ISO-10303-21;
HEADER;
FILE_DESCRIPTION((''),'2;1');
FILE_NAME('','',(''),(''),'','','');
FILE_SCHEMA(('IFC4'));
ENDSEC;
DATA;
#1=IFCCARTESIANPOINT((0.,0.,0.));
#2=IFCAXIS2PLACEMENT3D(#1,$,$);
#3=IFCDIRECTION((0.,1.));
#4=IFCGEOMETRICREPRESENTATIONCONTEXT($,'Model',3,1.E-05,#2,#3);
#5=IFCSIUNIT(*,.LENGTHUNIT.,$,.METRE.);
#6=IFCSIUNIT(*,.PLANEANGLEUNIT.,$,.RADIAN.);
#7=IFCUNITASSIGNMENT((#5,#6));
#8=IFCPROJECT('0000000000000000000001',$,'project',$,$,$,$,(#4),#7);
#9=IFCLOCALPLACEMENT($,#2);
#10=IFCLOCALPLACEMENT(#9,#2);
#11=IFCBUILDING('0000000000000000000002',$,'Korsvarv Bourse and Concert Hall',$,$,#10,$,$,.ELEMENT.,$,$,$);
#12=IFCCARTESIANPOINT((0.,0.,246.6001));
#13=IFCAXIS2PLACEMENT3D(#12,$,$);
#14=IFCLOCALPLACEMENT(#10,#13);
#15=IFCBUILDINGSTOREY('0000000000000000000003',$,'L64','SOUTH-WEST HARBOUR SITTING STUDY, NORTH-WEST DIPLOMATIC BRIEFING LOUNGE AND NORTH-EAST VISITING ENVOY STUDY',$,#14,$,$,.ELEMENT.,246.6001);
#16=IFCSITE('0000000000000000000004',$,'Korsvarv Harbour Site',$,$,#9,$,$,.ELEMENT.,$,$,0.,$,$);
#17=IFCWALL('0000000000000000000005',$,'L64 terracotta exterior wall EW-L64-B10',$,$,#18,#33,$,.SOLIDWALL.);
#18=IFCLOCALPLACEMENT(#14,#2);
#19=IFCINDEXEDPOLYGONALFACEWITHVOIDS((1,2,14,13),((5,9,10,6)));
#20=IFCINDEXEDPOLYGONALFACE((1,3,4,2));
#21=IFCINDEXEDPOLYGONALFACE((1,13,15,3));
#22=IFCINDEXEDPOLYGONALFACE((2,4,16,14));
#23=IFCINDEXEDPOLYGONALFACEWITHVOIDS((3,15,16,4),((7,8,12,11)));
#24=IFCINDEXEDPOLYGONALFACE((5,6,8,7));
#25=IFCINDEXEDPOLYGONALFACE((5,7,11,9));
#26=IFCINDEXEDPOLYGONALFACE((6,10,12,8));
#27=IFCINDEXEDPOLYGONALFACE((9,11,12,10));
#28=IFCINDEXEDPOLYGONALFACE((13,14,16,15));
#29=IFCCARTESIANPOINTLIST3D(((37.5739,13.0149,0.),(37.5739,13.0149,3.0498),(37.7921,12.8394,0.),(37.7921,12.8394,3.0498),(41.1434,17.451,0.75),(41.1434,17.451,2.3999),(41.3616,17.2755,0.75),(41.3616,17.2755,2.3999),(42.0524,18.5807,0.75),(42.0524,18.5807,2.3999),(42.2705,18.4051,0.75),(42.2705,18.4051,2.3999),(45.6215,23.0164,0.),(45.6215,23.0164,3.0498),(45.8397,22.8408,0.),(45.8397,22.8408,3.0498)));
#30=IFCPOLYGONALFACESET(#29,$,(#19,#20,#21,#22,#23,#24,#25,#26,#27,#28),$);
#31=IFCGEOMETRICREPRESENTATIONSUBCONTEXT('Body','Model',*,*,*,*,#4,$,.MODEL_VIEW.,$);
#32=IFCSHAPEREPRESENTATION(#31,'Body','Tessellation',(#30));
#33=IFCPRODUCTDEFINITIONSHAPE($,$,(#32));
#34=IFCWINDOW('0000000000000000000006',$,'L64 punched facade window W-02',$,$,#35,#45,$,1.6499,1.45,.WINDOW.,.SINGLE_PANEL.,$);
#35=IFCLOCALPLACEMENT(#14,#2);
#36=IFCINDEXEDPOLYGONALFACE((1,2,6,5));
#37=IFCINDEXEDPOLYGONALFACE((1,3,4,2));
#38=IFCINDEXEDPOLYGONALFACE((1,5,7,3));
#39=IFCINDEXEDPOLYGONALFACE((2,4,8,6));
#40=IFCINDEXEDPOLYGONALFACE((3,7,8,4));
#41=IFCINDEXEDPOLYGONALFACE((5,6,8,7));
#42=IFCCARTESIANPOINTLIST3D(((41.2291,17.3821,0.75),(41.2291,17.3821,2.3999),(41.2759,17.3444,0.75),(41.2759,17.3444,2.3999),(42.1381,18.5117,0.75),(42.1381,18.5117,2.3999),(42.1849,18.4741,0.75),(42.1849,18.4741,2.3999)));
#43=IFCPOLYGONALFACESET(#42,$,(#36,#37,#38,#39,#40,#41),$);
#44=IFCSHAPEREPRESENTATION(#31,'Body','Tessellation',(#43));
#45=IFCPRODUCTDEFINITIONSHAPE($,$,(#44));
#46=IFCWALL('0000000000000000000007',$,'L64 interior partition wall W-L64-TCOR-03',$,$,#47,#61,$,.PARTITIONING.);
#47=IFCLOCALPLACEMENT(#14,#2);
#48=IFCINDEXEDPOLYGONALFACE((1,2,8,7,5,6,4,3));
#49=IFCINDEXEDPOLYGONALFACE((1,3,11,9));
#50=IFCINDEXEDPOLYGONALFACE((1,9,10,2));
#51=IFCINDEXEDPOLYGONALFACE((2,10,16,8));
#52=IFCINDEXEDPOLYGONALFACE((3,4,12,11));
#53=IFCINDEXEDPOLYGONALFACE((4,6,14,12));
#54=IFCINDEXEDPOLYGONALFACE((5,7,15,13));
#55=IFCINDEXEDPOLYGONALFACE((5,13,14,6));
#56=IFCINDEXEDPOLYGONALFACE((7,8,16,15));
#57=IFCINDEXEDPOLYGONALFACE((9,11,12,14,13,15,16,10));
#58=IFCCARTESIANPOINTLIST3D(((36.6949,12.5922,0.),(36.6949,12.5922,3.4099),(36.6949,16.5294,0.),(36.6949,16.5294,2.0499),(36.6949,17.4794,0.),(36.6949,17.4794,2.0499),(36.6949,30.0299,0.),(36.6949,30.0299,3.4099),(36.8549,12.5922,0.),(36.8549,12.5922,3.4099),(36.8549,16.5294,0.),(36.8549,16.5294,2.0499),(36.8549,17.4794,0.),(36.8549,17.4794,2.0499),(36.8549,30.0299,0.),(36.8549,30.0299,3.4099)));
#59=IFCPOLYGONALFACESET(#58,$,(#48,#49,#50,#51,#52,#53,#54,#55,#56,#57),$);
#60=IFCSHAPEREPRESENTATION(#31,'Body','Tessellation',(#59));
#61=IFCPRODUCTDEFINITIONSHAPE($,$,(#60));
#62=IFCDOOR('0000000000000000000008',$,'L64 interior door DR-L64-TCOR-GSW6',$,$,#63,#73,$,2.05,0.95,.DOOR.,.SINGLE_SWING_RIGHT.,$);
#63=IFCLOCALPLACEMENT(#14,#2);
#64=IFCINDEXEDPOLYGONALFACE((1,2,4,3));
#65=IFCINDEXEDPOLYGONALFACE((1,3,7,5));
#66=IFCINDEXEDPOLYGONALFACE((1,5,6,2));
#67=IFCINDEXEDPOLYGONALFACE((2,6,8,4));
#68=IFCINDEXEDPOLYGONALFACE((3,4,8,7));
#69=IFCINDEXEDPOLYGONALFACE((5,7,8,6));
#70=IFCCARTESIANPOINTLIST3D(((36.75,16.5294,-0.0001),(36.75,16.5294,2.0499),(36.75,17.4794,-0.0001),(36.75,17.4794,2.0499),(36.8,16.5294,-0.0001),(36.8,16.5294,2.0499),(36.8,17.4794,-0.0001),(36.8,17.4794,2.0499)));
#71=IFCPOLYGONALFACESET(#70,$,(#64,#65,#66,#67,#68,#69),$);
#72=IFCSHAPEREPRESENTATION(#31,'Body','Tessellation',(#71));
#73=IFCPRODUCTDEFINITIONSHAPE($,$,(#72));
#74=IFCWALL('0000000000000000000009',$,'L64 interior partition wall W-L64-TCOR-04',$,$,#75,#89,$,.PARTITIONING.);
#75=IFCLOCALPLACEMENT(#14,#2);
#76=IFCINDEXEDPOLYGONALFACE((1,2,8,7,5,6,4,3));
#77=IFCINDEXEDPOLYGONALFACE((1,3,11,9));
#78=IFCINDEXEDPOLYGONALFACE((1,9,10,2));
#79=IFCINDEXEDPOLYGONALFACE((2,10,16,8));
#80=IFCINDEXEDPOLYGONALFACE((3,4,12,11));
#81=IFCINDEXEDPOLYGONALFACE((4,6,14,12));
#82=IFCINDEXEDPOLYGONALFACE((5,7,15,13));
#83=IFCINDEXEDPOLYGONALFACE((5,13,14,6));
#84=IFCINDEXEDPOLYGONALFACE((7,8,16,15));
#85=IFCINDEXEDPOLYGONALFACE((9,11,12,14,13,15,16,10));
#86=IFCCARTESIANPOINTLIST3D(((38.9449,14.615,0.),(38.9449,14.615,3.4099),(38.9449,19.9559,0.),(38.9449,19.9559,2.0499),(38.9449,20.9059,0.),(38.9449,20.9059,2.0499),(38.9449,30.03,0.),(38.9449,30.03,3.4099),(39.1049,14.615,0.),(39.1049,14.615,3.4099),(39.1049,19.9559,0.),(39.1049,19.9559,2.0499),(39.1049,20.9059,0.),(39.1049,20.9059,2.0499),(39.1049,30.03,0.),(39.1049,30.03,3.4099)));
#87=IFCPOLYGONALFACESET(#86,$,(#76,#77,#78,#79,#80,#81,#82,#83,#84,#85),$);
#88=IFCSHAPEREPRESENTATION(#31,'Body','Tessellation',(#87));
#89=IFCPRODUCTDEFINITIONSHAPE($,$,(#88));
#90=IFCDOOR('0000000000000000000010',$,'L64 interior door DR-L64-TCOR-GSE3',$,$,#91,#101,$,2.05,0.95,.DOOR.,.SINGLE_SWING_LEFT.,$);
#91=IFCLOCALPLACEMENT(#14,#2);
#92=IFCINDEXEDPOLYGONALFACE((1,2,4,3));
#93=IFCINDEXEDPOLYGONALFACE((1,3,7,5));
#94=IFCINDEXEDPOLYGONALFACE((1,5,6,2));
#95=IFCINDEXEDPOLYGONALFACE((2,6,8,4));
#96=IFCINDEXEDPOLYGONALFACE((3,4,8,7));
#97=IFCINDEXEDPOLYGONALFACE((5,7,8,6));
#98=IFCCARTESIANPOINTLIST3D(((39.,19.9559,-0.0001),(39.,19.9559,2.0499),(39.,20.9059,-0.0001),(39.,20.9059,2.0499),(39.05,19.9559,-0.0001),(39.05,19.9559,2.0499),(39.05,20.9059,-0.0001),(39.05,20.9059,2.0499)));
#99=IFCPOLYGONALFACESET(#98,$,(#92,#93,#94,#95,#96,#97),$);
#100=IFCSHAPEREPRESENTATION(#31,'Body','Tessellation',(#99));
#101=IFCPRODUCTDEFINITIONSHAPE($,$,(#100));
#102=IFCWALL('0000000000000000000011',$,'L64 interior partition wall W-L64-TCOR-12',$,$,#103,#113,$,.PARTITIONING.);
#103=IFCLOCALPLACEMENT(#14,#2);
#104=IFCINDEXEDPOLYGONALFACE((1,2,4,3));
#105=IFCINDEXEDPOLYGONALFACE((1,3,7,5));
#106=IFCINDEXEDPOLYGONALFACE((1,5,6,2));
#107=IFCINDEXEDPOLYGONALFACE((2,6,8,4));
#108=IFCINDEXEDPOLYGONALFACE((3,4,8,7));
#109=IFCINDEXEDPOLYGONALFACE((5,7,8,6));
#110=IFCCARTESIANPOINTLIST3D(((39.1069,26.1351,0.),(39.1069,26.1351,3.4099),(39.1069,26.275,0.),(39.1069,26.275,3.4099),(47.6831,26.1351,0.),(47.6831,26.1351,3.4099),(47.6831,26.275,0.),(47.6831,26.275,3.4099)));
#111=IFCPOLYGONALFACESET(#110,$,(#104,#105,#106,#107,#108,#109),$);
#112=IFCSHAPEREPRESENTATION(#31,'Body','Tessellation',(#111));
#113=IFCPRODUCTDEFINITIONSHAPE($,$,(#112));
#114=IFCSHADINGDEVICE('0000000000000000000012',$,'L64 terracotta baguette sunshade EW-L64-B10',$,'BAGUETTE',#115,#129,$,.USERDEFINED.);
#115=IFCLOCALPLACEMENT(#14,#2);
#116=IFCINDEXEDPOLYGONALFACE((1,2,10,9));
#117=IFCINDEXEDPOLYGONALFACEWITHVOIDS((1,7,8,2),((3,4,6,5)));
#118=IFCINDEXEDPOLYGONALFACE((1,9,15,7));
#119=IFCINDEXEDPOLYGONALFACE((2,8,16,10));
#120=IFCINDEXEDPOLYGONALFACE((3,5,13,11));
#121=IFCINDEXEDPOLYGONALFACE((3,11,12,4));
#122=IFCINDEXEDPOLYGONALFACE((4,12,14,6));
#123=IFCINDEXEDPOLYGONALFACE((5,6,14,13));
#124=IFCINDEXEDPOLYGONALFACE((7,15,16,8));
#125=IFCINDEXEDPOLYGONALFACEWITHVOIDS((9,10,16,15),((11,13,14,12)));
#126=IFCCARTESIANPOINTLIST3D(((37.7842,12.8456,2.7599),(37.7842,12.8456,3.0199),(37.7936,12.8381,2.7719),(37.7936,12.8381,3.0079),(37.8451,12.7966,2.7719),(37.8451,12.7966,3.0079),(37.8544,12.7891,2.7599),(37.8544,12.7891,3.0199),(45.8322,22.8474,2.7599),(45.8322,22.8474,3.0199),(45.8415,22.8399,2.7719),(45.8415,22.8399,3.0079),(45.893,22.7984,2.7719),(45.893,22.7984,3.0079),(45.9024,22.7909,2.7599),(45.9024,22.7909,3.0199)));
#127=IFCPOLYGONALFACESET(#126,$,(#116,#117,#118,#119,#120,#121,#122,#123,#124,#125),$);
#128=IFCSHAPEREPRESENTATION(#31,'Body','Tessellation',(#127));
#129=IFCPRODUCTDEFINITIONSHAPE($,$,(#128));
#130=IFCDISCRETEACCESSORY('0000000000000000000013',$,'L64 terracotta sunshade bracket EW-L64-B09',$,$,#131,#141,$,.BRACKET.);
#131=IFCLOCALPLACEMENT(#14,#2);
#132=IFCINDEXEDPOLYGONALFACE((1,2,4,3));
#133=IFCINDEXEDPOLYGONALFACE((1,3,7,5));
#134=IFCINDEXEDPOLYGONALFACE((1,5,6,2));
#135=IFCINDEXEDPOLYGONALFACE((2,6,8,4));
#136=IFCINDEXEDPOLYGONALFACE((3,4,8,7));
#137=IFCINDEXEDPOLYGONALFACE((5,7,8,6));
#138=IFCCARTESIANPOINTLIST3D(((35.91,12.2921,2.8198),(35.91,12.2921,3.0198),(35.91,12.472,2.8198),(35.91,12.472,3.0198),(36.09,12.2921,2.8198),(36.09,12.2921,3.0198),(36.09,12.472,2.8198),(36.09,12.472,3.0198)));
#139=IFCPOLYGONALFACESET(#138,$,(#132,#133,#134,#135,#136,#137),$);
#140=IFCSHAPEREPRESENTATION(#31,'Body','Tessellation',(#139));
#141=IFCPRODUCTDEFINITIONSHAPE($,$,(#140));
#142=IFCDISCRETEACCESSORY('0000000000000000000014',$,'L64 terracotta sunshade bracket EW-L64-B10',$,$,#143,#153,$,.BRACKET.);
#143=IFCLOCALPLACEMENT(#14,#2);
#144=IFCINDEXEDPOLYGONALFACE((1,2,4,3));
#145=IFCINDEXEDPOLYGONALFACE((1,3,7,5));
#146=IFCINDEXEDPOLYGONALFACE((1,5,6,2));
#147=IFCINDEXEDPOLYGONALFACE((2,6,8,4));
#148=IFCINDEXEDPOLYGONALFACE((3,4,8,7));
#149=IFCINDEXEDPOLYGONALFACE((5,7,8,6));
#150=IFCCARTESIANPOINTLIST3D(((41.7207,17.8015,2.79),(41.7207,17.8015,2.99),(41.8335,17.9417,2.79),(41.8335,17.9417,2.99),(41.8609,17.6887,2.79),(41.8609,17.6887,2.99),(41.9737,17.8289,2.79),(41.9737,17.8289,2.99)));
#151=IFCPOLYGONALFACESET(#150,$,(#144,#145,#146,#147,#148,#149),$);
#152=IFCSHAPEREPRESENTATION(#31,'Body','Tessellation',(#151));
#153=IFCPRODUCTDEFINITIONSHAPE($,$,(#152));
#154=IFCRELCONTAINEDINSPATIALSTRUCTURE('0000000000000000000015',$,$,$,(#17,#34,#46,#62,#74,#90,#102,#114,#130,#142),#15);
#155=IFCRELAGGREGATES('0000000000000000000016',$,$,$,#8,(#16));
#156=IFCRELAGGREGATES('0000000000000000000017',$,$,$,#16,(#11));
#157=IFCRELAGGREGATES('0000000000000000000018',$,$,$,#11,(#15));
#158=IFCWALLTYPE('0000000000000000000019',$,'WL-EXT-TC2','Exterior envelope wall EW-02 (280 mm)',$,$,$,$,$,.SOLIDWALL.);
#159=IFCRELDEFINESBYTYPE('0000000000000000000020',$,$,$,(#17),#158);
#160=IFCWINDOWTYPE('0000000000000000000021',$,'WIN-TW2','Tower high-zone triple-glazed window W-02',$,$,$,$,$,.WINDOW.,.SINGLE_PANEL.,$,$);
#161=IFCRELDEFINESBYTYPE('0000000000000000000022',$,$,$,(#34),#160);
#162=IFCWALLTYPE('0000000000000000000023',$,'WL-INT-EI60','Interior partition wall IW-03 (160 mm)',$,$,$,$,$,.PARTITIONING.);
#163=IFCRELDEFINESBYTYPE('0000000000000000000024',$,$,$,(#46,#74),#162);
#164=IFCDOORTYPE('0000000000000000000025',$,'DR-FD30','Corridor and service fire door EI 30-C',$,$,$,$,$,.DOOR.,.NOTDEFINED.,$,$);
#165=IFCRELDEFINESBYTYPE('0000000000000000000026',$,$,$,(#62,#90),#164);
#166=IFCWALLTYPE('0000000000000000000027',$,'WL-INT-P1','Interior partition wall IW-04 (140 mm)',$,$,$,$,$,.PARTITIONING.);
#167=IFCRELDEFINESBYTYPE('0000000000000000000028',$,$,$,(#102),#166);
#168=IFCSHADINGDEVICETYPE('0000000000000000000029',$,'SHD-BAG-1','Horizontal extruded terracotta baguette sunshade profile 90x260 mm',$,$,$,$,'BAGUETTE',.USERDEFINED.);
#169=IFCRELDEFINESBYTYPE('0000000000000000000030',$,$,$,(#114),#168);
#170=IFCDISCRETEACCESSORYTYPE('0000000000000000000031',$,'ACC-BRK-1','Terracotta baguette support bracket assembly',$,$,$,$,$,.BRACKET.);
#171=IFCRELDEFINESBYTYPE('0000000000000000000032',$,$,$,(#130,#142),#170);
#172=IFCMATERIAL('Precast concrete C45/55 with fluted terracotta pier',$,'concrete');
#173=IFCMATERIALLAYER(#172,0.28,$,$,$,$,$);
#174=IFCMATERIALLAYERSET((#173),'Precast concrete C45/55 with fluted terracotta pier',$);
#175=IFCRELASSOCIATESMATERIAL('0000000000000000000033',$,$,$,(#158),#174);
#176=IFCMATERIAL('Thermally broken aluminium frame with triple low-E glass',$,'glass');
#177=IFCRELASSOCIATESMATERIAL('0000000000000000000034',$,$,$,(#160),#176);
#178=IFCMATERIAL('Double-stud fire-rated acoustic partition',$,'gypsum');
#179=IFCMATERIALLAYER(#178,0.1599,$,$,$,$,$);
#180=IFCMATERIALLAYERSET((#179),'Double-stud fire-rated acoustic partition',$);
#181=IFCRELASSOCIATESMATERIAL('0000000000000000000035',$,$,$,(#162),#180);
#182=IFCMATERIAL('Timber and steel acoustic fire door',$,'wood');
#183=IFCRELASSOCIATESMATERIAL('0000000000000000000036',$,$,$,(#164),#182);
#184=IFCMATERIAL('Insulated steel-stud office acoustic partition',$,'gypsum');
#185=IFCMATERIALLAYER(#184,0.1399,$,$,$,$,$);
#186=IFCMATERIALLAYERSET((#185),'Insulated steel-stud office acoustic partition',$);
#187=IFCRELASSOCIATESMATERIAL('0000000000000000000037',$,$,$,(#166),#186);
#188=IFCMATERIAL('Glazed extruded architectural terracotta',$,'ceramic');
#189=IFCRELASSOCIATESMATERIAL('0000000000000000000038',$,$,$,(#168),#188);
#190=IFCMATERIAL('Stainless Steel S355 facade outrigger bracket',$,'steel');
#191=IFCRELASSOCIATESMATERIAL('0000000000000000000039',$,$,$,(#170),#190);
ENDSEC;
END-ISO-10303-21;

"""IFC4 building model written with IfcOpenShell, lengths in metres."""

from ifc_helpers import new_model, si_unit, direction, frame, frame_2d, origin, origin_2d, place, context, subcontext, project, spatial, rectangle, hollow_rectangle, extrude, source, transform, mapped, material, layer, layer_set, material_profile, profile_set, type_object, element, fill, save


model = new_model("IFC4")

# Units and contexts
model_context = context("Model", 3, precision=1e-05, world=origin(), true_north=direction((0.0, 1.0)))
body_context = subcontext(model_context, "Body", "Model", "MODEL_VIEW")
ifc_project = project(units=[si_unit("LENGTHUNIT", "METRE"), si_unit("PLANEANGLEUNIT", "RADIAN")], contexts=[model_context])

# Site, building, storey
site_placement = place(None, origin())
site = spatial("IfcSite", under=ifc_project, at=site_placement, Name="Korsvarv Harbour Site", CompositionType="ELEMENT", RefElevation=0.0)
building_placement = place(site_placement, origin())
building = spatial("IfcBuilding", under=site, at=building_placement, Name="Korsvarv Bourse and Concert Hall", CompositionType="ELEMENT")
storey_placement = place(building_placement, frame((0.0, 0.0, 246.6001)))
storey = spatial("IfcBuildingStorey", under=building, at=storey_placement, Name="L64", Description="SOUTH-WEST HARBOUR SITTING STUDY, NORTH-WEST DIPLOMATIC BRIEFING LOUNGE AND NORTH-EAST VISITING ENVOY STUDY", CompositionType="ELEMENT", Elevation=246.6001)

# Wall, opening, window
ifc_material_1 = material(Name="Precast concrete C45/55 with fluted terracotta pier", Category="concrete")
ifc_layer_1 = layer(ifc_material_1, 0.28)
ifc_layer_set_1 = layer_set([ifc_layer_1], Name="Precast concrete C45/55 with fluted terracotta pier")
wall_type_1 = type_object("IfcWallType", Name="WL-EXT-TC2", Description="Exterior envelope wall EW-02 (280 mm)", PredefinedType="SOLIDWALL", material=ifc_layer_set_1)
wall_1_placement = place(storey_placement, frame((37.6831, 12.9272, 0.0), z_axis=(0.0, 0.0, 1.0), x_axis=(0.626898, 0.779101, 0.0)))
wall_1 = element("IfcWall", 1, at=wall_1_placement, inside=storey, type_object=wall_type_1, Name="L64 terracotta exterior wall EW-L64-B10", PredefinedType="SOLIDWALL", context=body_context, shape_type="SweptSolid", body=[
    extrude(rectangle(XDim=12.8372, YDim=0.28, at=frame_2d((6.4185, 0.0))), origin(), (0.0, 0.0, 1.0), 3.0498),
])
opening_1_placement = place(wall_1_placement, frame((5.6936, 0.0, 0.75)))
opening_1 = element("IfcOpeningElement", 2, at=opening_1_placement, cuts=wall_1, PredefinedType="OPENING", context=body_context, shape_type="SweptSolid", body=[
    extrude(rectangle(XDim=1.45, YDim=1.6499, at=frame_2d((0.7251, 0.825))), frame((0.0, 0.1499, 0.0), z_axis=(0.0, -1.0, 0.0), x_axis=(1.0, 0.0, 0.0)), (0.0, 0.0, 1.0), 0.3),
])
ifc_material_2 = material(Name="Thermally broken aluminium frame with triple low-E glass", Category="glass")
window_type = type_object("IfcWindowType", Name="WIN-TW2", Description="Tower high-zone triple-glazed window W-02", PartitioningType="SINGLE_PANEL", PredefinedType="WINDOW", material=ifc_material_2)
window_placement = place(opening_1_placement, origin())
window = element("IfcWindow", 3, at=window_placement, inside=storey, type_object=window_type, Name="L64 punched facade window W-02", OverallHeight=1.6499, OverallWidth=1.45, PartitioningType="SINGLE_PANEL", PredefinedType="WINDOW", context=body_context, shape_type="SweptSolid", body=[
    extrude(rectangle(XDim=1.45, YDim=1.6499, at=frame_2d((0.7251, 0.825))), frame((0.0, 0.03, 0.0), z_axis=(0.0, -1.0, 0.0), x_axis=(1.0, 0.0, 0.0)), (0.0, 0.0, 1.0), 0.0601),
])
fill(opening_1, window)

# Walls, openings, doors
ifc_material_3 = material(Name="Double-stud fire-rated acoustic partition", Category="gypsum")
ifc_layer_2 = layer(ifc_material_3, 0.1599)
ifc_layer_set_2 = layer_set([ifc_layer_2], Name="Double-stud fire-rated acoustic partition")
wall_type_2 = type_object("IfcWallType", Name="WL-INT-EI60", Description="Interior partition wall IW-03 (160 mm)", PredefinedType="PARTITIONING", material=ifc_layer_set_2)
wall_2_placement = place(storey_placement, frame((36.7749, 12.5923, 0.0), z_axis=(0.0, 0.0, 1.0), x_axis=(0.0, 1.0, 0.0)))
wall_2 = element("IfcWall", 4, at=wall_2_placement, inside=storey, type_object=wall_type_2, Name="L64 interior partition wall W-L64-TCOR-03", PredefinedType="PARTITIONING", context=body_context, shape_type="SweptSolid", body=[
    extrude(rectangle(XDim=17.4377, YDim=0.1599, at=frame_2d((8.7188, 0.0))), origin(), (0.0, 0.0, 1.0), 3.4099),
])
opening_2_placement = place(wall_2_placement, frame((3.937, 0.0, 0.0)))
opening_2 = element("IfcOpeningElement", 5, at=opening_2_placement, cuts=wall_2, PredefinedType="OPENING", context=body_context, shape_type="SweptSolid", body=[
    extrude(rectangle(XDim=0.95, YDim=2.05, at=frame_2d((0.4751, 1.0249))), frame((0.0, 0.0898, 0.0), z_axis=(0.0, -1.0, 0.0), x_axis=(1.0, 0.0, 0.0)), (0.0, 0.0, 1.0), 0.1799),
])
ifc_material_4 = material(Name="Timber and steel acoustic fire door", Category="wood")
door_type = type_object("IfcDoorType", Name="DR-FD30", Description="Corridor and service fire door EI 30-C", OperationType="NOTDEFINED", PredefinedType="DOOR", material=ifc_material_4)
door_1_placement = place(opening_2_placement, origin())
door_1 = element("IfcDoor", 6, at=door_1_placement, inside=storey, type_object=door_type, Name="L64 interior door DR-L64-TCOR-GSW6", OperationType="SINGLE_SWING_RIGHT", OverallHeight=2.05, OverallWidth=0.95, PredefinedType="DOOR", context=body_context, shape_type="SweptSolid", body=[
    extrude(rectangle(XDim=0.95, YDim=2.05, at=frame_2d((0.4751, 1.0249))), frame((0.0, 0.0249, 0.0), z_axis=(0.0, -1.0, 0.0), x_axis=(1.0, 0.0, 0.0)), (0.0, 0.0, 1.0), 0.05),
])
fill(opening_2, door_1)
wall_3_placement = place(storey_placement, frame((39.0249, 14.615, 0.0), z_axis=(0.0, 0.0, 1.0), x_axis=(0.0, 1.0, 0.0)))
wall_3 = element("IfcWall", 7, at=wall_3_placement, inside=storey, type_object=wall_type_2, Name="L64 interior partition wall W-L64-TCOR-04", PredefinedType="PARTITIONING", context=body_context, shape_type="SweptSolid", body=[
    extrude(rectangle(XDim=15.415, YDim=0.1599, at=frame_2d((7.7075, 0.0))), origin(), (0.0, 0.0, 1.0), 3.4099),
])
opening_3_placement = place(wall_3_placement, frame((5.3408, 0.0, 0.0)))
opening_3 = element("IfcOpeningElement", 8, at=opening_3_placement, cuts=wall_3, PredefinedType="OPENING", context=body_context, shape_type="SweptSolid", body=[
    extrude(rectangle(XDim=0.95, YDim=2.05, at=frame_2d((0.4751, 1.0249))), frame((0.0, 0.0898, 0.0), z_axis=(0.0, -1.0, 0.0), x_axis=(1.0, 0.0, 0.0)), (0.0, 0.0, 1.0), 0.1799),
])
door_2_placement = place(opening_3_placement, origin())
door_2 = element("IfcDoor", 9, at=door_2_placement, inside=storey, type_object=door_type, Name="L64 interior door DR-L64-TCOR-GSE3", OperationType="SINGLE_SWING_LEFT", OverallHeight=2.05, OverallWidth=0.95, PredefinedType="DOOR", context=body_context, shape_type="SweptSolid", body=[
    extrude(rectangle(XDim=0.95, YDim=2.05, at=frame_2d((0.4751, 1.0249))), frame((0.0, 0.0249, 0.0), z_axis=(0.0, -1.0, 0.0), x_axis=(1.0, 0.0, 0.0)), (0.0, 0.0, 1.0), 0.05),
])
fill(opening_3, door_2)

# Wall
ifc_material_5 = material(Name="Insulated steel-stud office acoustic partition", Category="gypsum")
ifc_layer_3 = layer(ifc_material_5, 0.1399)
ifc_layer_set_3 = layer_set([ifc_layer_3], Name="Insulated steel-stud office acoustic partition")
wall_type_3 = type_object("IfcWallType", Name="WL-INT-P1", Description="Interior partition wall IW-04 (140 mm)", PredefinedType="PARTITIONING", material=ifc_layer_set_3)
wall_4_placement = place(storey_placement, frame((39.1069, 26.2051, 0.0), z_axis=(0.0, 0.0, 1.0), x_axis=(1.0, 0.0, 0.0)))
element("IfcWall", 10, at=wall_4_placement, inside=storey, type_object=wall_type_3, Name="L64 interior partition wall W-L64-TCOR-12", PredefinedType="PARTITIONING", context=body_context, shape_type="SweptSolid", body=[
    extrude(rectangle(XDim=8.5762, YDim=0.1399, at=frame_2d((4.2881, 0.0))), origin(), (0.0, 0.0, 1.0), 3.4099),
])

# Shading device
ifc_material_6 = material(Name="Glazed extruded architectural terracotta", Category="ceramic")
ifc_material_profile_1 = material_profile(ifc_material_6, hollow_rectangle(XDim=0.0901, YDim=0.26, WallThickness=0.012, at=origin_2d()), Name="TC-BAG 90x260")
ifc_profile_set_1 = profile_set([ifc_material_profile_1], Name="Glazed extruded architectural terracotta")
shading_device_type = type_object("IfcShadingDeviceType", Name="SHD-BAG-1", Description="Horizontal extruded terracotta baguette sunshade profile 90x260 mm", ElementType="BAGUETTE", PredefinedType="USERDEFINED", material=ifc_profile_set_1)
shared_shape_1 = source(origin(), body_context, "Body", "SweptSolid", [
    extrude(hollow_rectangle(XDim=0.0901, YDim=0.26, WallThickness=0.012, at=origin_2d()), origin(), (0.0, 0.0, 1.0), 12.8376),
])
shading_device_placement = place(storey_placement, frame((37.8193, 12.8174, 2.8899), z_axis=(0.6269, 0.779099, 0.0), x_axis=(-0.779099, 0.6269, 0.0)))
element("IfcShadingDevice", 11, at=shading_device_placement, inside=storey, type_object=shading_device_type, Name="L64 terracotta baguette sunshade EW-L64-B10", ObjectType="BAGUETTE", PredefinedType="USERDEFINED", context=body_context, shape_type="MappedRepresentation", body=[
    mapped(shared_shape_1, transform((0.0, 0.0, 0.0), scale=1.0)),
])

# Discrete accessories
ifc_material_7 = material(Name="Stainless Steel S355 facade outrigger bracket", Category="steel")
discrete_accessory_type = type_object("IfcDiscreteAccessoryType", Name="ACC-BRK-1", Description="Terracotta baguette support bracket assembly", PredefinedType="BRACKET", material=ifc_material_7)
shared_shape_2 = source(origin(), body_context, "Body", "SweptSolid", [
    extrude(rectangle(XDim=0.1799, YDim=0.1799, at=origin_2d()), origin(), (0.0, 0.0, 1.0), 0.2),
])
for number, where, z_axis, x_axis, name in (
    (12, (36.0, 12.3821, 2.8198), (0.0, 0.0, 1.0), (1.0, 0.0, 0.0), "L64 terracotta sunshade bracket EW-L64-B09"),
    (13, (41.8472, 17.8152, 2.79), (0.0, 0.0, 1.0), (0.626876, 0.779119, 0.0), "L64 terracotta sunshade bracket EW-L64-B10"),
):
    element("IfcDiscreteAccessory", number, at=place(storey_placement, frame(where, z_axis=z_axis, x_axis=x_axis)), inside=storey, type_object=discrete_accessory_type, Name=name, PredefinedType="BRACKET", context=body_context, shape_type="MappedRepresentation", body=[
        mapped(shared_shape_2, transform((0.0, 0.0, 0.0), scale=1.0)),
    ])

save(model, "model.ifc")
